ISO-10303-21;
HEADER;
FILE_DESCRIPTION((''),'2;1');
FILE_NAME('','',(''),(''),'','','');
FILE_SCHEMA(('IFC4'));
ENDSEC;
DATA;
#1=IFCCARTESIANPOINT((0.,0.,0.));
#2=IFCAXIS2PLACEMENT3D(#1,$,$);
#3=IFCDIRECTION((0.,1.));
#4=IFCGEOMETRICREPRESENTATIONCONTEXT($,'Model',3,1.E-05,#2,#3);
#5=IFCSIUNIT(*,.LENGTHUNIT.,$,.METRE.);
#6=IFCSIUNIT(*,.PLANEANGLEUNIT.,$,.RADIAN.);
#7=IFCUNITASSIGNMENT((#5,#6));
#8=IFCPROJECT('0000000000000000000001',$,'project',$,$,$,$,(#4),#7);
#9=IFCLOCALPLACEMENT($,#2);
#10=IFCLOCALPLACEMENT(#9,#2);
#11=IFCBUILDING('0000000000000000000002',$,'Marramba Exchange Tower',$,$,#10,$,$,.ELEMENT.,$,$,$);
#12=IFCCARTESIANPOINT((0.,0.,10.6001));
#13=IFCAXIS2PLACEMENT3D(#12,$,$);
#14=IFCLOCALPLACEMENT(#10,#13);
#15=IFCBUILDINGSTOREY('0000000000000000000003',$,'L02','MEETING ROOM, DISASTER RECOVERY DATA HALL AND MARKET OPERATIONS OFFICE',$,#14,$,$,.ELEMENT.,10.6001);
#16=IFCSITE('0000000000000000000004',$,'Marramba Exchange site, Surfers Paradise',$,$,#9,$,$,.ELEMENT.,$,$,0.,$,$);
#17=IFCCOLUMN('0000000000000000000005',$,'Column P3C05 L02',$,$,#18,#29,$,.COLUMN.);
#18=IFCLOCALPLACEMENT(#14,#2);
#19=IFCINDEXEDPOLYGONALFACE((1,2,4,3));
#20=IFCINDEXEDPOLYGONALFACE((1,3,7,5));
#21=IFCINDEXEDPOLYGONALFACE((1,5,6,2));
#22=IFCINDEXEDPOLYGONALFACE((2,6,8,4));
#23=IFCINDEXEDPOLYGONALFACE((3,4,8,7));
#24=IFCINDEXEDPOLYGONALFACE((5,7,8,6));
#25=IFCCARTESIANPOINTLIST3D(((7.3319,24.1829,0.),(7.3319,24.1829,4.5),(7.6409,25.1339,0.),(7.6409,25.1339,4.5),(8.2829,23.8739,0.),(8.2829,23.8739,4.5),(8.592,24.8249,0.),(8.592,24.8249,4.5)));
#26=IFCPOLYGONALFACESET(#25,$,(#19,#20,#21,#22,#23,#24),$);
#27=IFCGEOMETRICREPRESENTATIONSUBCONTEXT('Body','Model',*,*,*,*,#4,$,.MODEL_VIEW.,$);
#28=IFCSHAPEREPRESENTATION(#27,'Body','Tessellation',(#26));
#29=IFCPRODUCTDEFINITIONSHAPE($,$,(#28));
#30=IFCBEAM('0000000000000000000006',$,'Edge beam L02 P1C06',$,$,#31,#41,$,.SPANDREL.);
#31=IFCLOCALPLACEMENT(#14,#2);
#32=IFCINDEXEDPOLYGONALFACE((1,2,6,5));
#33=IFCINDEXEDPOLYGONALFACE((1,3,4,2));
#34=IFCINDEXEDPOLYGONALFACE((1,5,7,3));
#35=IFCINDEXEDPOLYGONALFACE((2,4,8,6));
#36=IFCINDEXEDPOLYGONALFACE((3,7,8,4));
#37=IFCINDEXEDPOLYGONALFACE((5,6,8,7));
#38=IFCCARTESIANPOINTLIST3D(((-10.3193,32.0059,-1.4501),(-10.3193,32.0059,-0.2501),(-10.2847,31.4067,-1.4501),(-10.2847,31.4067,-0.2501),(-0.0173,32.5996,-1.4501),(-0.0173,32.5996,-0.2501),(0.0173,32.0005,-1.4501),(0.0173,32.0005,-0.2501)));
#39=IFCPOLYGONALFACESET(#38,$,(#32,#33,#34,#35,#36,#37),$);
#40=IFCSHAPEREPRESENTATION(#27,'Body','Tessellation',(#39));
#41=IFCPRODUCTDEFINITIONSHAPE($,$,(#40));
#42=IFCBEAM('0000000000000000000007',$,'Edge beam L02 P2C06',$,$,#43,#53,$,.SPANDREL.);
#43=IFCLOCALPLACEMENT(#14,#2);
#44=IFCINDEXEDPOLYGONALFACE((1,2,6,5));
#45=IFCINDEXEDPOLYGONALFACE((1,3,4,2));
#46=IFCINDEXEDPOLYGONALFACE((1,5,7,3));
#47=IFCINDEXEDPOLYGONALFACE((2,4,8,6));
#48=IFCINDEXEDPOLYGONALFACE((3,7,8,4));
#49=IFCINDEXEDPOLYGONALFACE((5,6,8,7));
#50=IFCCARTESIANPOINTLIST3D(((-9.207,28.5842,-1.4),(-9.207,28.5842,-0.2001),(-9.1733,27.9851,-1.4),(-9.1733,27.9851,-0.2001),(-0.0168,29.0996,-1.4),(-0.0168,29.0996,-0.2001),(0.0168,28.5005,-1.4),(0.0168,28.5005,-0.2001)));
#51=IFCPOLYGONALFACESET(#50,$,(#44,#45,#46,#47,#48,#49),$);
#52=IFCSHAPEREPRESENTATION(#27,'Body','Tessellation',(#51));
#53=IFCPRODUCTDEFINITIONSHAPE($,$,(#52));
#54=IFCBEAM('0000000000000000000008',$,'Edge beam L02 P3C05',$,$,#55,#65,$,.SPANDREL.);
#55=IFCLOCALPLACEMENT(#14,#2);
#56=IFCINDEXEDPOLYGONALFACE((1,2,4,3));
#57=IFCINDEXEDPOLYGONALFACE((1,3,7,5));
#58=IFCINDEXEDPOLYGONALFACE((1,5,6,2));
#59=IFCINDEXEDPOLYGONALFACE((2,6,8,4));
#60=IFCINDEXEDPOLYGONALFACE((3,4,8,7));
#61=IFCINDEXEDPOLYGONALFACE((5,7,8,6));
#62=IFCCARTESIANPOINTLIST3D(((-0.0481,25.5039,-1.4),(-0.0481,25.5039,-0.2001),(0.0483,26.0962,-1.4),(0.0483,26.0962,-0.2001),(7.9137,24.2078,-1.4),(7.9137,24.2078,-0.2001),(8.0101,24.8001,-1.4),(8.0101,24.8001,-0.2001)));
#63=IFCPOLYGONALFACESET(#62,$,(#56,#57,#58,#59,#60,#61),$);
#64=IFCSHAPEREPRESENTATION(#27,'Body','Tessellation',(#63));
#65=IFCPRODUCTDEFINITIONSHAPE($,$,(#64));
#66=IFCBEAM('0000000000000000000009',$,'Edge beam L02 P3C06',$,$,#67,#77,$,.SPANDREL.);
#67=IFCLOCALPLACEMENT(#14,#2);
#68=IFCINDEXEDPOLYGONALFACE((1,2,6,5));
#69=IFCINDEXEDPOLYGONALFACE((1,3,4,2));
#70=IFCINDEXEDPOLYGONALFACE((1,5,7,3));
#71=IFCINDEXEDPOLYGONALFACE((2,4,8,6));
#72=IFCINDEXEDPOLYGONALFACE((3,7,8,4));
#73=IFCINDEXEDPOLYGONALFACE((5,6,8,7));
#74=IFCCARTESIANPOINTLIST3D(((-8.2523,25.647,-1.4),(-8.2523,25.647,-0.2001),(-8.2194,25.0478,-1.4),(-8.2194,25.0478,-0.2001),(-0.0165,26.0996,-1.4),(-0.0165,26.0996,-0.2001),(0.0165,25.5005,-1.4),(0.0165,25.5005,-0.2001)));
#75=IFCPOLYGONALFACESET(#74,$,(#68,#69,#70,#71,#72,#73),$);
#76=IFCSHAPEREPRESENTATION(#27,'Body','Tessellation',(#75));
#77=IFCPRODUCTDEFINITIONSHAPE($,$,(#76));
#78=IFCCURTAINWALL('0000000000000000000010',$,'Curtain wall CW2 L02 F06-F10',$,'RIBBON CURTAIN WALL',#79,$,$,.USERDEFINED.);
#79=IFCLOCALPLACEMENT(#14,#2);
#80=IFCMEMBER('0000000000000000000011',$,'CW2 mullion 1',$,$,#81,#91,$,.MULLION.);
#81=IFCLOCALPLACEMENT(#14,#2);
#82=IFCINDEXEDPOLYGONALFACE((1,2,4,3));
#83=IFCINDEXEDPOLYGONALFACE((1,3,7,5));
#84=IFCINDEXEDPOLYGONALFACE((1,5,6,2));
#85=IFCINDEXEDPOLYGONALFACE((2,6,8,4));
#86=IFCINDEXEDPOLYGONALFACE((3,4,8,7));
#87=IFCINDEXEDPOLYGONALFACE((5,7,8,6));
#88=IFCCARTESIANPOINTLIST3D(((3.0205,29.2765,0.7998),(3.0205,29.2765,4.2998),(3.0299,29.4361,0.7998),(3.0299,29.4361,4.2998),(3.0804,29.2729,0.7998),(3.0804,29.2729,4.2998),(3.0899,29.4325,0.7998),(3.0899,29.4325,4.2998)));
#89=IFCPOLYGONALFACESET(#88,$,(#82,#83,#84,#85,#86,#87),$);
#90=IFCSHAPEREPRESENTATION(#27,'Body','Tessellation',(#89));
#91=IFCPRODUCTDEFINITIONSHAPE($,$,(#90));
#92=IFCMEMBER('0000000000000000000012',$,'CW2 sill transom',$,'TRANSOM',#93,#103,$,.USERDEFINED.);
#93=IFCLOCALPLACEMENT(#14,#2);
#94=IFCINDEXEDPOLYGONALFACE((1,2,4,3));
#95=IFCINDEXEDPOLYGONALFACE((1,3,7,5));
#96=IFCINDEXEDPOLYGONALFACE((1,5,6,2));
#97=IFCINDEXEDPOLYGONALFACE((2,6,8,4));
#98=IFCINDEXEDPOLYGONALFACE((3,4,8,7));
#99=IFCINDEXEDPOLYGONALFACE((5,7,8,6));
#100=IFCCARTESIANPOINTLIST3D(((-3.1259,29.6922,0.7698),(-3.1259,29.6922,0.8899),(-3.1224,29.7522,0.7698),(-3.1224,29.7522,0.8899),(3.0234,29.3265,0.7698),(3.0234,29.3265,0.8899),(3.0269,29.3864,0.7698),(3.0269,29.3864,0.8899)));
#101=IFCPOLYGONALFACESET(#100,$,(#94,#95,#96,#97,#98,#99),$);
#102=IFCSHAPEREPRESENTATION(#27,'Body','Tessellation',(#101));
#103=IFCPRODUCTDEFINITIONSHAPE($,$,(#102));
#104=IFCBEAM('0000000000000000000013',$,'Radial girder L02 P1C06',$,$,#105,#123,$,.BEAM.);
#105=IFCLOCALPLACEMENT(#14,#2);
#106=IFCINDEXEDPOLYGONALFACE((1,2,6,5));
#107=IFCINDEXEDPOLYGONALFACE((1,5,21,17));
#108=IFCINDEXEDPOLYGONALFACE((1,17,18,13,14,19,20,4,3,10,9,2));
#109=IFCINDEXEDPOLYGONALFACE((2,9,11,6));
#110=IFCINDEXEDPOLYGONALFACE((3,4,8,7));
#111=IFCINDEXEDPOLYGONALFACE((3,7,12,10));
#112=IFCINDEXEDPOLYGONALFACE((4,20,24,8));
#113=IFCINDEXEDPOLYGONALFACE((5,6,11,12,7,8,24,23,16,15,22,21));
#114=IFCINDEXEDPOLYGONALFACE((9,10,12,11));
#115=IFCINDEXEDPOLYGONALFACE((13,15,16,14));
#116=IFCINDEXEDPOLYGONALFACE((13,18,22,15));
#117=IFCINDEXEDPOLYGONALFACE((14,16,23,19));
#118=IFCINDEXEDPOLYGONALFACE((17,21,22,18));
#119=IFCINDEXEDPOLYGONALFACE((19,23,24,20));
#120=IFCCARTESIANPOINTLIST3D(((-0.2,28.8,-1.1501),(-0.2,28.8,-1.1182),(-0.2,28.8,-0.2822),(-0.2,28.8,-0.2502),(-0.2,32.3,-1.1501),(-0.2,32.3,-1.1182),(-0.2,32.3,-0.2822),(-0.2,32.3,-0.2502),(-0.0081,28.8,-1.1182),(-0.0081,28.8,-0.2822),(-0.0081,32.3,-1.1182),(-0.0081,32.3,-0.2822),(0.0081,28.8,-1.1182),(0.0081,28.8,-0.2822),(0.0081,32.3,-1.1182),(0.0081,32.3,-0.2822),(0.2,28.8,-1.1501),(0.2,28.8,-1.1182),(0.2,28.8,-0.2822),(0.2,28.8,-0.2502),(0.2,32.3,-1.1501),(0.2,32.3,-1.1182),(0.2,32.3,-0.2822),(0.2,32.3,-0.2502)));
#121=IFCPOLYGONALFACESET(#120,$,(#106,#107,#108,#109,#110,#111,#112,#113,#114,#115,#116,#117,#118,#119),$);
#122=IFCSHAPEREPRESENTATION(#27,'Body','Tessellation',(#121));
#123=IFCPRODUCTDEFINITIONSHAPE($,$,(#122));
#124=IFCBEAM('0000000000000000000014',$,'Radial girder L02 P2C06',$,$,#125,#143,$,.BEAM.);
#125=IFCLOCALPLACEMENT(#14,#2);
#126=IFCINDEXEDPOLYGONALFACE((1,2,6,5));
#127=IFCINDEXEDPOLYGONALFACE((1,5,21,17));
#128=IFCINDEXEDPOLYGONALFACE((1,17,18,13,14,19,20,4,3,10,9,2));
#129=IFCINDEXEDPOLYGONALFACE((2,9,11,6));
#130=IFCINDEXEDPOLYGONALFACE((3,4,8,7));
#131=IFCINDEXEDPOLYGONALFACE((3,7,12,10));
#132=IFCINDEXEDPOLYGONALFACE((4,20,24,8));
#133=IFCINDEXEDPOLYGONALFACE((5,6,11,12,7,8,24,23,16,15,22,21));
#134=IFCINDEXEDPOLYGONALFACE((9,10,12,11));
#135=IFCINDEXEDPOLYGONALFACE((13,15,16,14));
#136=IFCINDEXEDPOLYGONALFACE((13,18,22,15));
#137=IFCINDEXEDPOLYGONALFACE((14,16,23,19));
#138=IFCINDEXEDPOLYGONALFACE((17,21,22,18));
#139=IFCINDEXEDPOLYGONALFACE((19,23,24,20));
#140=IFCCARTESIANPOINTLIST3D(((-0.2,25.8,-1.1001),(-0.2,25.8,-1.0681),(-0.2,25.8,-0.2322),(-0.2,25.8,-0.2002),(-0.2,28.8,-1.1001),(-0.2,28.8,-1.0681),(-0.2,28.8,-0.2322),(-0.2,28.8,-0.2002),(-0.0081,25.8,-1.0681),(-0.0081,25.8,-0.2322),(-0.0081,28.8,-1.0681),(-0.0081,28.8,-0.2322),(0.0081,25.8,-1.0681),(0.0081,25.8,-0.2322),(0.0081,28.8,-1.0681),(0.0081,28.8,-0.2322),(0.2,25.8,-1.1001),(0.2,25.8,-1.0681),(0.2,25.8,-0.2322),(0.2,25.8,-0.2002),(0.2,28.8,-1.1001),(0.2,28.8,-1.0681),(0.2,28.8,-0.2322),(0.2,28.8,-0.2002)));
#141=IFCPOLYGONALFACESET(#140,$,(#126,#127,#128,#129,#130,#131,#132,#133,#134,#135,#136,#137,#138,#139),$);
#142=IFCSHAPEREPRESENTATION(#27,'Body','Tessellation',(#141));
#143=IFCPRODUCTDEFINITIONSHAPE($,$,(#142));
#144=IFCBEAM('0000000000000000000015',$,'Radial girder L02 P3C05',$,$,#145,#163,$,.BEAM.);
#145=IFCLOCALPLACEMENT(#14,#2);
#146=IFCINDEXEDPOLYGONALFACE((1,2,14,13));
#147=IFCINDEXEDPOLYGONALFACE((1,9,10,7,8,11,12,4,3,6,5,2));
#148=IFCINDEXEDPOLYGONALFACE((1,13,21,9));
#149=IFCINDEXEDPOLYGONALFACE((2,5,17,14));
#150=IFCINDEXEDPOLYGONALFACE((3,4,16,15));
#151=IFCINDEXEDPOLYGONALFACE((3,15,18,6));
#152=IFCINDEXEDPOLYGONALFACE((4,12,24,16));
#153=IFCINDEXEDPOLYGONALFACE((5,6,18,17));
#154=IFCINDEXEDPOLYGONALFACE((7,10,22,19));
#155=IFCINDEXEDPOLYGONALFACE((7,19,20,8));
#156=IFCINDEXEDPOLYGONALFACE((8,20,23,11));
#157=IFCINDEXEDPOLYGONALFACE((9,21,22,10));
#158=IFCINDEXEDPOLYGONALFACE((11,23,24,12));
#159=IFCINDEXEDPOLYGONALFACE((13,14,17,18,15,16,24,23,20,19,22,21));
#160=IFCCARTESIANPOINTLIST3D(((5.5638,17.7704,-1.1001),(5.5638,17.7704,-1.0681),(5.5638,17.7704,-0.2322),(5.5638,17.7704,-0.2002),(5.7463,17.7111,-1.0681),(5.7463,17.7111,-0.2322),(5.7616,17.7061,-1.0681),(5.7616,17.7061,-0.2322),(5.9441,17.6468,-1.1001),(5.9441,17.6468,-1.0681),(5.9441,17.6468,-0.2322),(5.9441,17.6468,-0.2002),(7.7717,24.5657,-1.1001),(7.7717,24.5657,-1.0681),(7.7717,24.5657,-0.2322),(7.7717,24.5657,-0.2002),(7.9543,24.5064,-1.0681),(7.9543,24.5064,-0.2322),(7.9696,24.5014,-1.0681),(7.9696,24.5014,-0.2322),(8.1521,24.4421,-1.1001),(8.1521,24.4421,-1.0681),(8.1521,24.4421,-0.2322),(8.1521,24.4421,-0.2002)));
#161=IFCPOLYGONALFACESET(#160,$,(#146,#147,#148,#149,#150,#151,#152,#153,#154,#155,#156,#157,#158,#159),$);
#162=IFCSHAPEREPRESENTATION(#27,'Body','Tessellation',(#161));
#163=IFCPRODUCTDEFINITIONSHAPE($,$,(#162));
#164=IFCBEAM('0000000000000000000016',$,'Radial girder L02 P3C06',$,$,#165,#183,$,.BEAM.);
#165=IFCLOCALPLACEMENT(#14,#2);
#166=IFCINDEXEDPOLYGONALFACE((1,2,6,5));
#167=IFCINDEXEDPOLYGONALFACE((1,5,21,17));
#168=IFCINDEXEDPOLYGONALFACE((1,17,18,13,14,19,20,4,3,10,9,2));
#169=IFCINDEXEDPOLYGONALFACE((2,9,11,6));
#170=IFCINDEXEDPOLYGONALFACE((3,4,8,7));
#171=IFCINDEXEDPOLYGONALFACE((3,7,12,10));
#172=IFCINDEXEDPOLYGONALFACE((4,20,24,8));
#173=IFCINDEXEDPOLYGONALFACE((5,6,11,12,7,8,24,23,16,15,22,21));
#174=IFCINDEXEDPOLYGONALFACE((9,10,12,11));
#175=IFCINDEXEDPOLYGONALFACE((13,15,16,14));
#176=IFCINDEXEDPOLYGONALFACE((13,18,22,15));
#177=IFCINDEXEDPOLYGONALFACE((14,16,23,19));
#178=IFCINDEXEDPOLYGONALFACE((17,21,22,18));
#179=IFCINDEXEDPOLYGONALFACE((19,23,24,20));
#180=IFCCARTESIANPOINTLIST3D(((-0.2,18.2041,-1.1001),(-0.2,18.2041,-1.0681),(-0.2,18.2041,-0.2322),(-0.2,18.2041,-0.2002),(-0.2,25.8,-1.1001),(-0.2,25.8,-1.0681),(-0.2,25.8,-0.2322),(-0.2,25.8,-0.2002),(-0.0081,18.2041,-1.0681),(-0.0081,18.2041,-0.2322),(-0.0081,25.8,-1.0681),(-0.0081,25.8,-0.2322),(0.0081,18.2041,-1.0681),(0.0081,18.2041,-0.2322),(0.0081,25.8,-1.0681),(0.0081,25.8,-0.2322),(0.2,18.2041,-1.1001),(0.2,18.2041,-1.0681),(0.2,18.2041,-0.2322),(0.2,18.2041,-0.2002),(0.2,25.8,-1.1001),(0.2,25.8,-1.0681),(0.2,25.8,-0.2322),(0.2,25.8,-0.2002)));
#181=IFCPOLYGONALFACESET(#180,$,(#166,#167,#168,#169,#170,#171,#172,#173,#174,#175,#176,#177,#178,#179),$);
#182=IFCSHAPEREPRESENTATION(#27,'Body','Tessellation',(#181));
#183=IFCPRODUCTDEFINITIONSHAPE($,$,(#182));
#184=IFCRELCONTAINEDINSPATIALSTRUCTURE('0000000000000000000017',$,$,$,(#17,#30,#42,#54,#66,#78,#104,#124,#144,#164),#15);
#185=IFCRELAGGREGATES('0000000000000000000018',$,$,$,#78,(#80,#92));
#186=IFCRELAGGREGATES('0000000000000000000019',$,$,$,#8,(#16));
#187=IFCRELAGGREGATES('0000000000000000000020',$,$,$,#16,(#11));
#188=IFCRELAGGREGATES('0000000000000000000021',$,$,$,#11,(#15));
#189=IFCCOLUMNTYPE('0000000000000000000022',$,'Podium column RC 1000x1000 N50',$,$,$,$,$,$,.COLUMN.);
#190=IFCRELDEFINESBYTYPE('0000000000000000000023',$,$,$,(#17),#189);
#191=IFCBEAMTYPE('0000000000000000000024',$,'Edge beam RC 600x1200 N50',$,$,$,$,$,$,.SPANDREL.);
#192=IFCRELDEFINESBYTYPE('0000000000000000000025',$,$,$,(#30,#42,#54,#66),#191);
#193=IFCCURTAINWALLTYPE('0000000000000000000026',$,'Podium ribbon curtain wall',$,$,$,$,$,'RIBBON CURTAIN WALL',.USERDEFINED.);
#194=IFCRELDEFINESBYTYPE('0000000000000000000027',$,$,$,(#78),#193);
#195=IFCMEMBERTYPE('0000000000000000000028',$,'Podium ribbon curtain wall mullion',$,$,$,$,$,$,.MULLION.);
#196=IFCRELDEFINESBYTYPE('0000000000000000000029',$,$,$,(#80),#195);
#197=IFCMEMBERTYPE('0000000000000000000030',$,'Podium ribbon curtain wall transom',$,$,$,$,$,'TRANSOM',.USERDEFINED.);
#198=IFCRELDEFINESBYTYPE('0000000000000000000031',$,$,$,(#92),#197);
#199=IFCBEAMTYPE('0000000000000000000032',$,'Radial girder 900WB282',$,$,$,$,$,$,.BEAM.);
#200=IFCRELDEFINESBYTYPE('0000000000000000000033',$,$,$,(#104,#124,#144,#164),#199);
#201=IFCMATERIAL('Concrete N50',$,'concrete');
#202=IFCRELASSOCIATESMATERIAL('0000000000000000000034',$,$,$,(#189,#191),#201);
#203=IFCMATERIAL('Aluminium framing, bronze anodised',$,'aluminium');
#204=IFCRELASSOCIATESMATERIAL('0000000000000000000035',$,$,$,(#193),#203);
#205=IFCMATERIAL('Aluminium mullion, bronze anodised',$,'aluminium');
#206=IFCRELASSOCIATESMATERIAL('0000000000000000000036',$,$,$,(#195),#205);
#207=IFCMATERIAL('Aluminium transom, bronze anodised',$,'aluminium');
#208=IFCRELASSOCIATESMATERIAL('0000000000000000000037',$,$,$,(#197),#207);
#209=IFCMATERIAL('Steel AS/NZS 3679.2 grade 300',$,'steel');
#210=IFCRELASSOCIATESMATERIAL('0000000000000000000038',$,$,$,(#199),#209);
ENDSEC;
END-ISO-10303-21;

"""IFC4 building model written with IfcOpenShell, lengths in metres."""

from ifc_helpers import new_model, si_unit, direction, frame, origin, origin_2d, place, context, subcontext, project, spatial, rectangle, i_section, extrude, material, material_profile, profile_set, type_object, element, aggregate, save


model = new_model("IFC4")

# Units and contexts
model_context = context("Model", 3, precision=1e-05, world=origin(), true_north=direction((0.0, 1.0)))
body_context = subcontext(model_context, "Body", "Model", "MODEL_VIEW")
ifc_project = project(units=[si_unit("LENGTHUNIT", "METRE"), si_unit("PLANEANGLEUNIT", "RADIAN")], contexts=[model_context])

# Site, building, storey
site_placement = place(None, origin())
site = spatial("IfcSite", under=ifc_project, at=site_placement, Name="Marramba Exchange site, Surfers Paradise", CompositionType="ELEMENT", RefElevation=0.0)
building_placement = place(site_placement, origin())
building = spatial("IfcBuilding", under=site, at=building_placement, Name="Marramba Exchange Tower", CompositionType="ELEMENT")
storey_placement = place(building_placement, frame((0.0, 0.0, 10.6001)))
storey = spatial("IfcBuildingStorey", under=building, at=storey_placement, Name="L02", Description="MEETING ROOM, DISASTER RECOVERY DATA HALL AND MARKET OPERATIONS OFFICE", CompositionType="ELEMENT", Elevation=10.6001)

# Column
ifc_material_1 = material(Name="Concrete N50", Category="concrete")
ifc_material_profile_1 = material_profile(ifc_material_1, rectangle(XDim=1.0, YDim=1.0, at=origin_2d()), Name="RC 1000x1000")
ifc_profile_set_1 = profile_set([ifc_material_profile_1], Name="Concrete N50")
column_type = type_object("IfcColumnType", Name="Podium column RC 1000x1000 N50", PredefinedType="COLUMN", material=ifc_profile_set_1)
column_placement = place(storey_placement, frame((7.9619, 24.5039, 0.0), z_axis=(0.0, 0.0, 1.0), x_axis=(0.309017, 0.951057, 0.0)))
element("IfcColumn", 1, at=column_placement, inside=storey, type_object=column_type, Name="Column P3C05 L02", PredefinedType="COLUMN", context=body_context, shape_type="SweptSolid", body=[
    extrude(rectangle(XDim=1.0, YDim=1.0, at=origin_2d()), origin(), (0.0, 0.0, 1.0), 4.5),
])

# Beams
ifc_material_profile_2 = material_profile(ifc_material_1, rectangle(XDim=0.6001, YDim=1.2, at=origin_2d()), Name="RC 600x1200")
ifc_profile_set_2 = profile_set([ifc_material_profile_2], Name="Concrete N50")
beam_type_1 = type_object("IfcBeamType", Name="Edge beam RC 600x1200 N50", PredefinedType="SPANDREL", material=ifc_profile_set_2)
beam_1_placement = place(storey_placement, frame((0.0, 32.3, -0.8501), z_axis=(-0.998343, -0.057539, 0.0), x_axis=(0.057539, -0.998343, 0.0)))
element("IfcBeam", 2, at=beam_1_placement, inside=storey, type_object=beam_type_1, Name="Edge beam L02 P1C06", PredefinedType="SPANDREL", context=body_context, shape_type="SweptSolid", body=[
    extrude(rectangle(XDim=0.6001, YDim=1.2, at=origin_2d()), origin(), (0.0, 0.0, 1.0), 10.3191),
])
beam_2_placement = place(storey_placement, frame((0.0, 28.8, -0.8), z_axis=(-0.998431, -0.055992, 0.0), x_axis=(0.055992, -0.998431, 0.0)))
element("IfcBeam", 3, at=beam_2_placement, inside=storey, type_object=beam_type_1, Name="Edge beam L02 P2C06", PredefinedType="SPANDREL", context=body_context, shape_type="SweptSolid", body=[
    extrude(rectangle(XDim=0.6001, YDim=1.2, at=origin_2d()), origin(), (0.0, 0.0, 1.0), 9.2046),
])
beam_3_placement = place(storey_placement, frame((7.9619, 24.5039, -0.8), z_axis=(-0.987007, 0.160678, 0.0), x_axis=(-0.160678, -0.987007, 0.0)))
element("IfcBeam", 4, at=beam_3_placement, inside=storey, type_object=beam_type_1, Name="Edge beam L02 P3C05", PredefinedType="SPANDREL", context=body_context, shape_type="SweptSolid", body=[
    extrude(rectangle(XDim=0.6001, YDim=1.2, at=origin_2d()), origin(), (0.0, 0.0, 1.0), 8.0667),
])
beam_4_placement = place(storey_placement, frame((0.0, 25.8, -0.8), z_axis=(-0.998493, -0.054877, 0.0), x_axis=(0.054877, -0.998493, 0.0)))
element("IfcBeam", 5, at=beam_4_placement, inside=storey, type_object=beam_type_1, Name="Edge beam L02 P3C06", PredefinedType="SPANDREL", context=body_context, shape_type="SweptSolid", body=[
    extrude(rectangle(XDim=0.6001, YDim=1.2, at=origin_2d()), origin(), (0.0, 0.0, 1.0), 8.2483),
])

# Curtain wall, members
ifc_material_2 = material(Name="Aluminium framing, bronze anodised", Category="aluminium")
curtain_wall_type = type_object("IfcCurtainWallType", Name="Podium ribbon curtain wall", ElementType="RIBBON CURTAIN WALL", PredefinedType="USERDEFINED", material=ifc_material_2)
curtain_wall_placement = place(storey_placement, origin())
curtain_wall = element("IfcCurtainWall", 6, at=curtain_wall_placement, inside=storey, type_object=curtain_wall_type, Name="Curtain wall CW2 L02 F06-F10", ObjectType="RIBBON CURTAIN WALL", PredefinedType="USERDEFINED")
ifc_material_3 = material(Name="Aluminium mullion, bronze anodised", Category="aluminium")
ifc_material_profile_3 = material_profile(ifc_material_3, rectangle(XDim=0.1599, YDim=0.0601, at=origin_2d()), Name="CW2 mullion 60x160")
ifc_profile_set_3 = profile_set([ifc_material_profile_3], Name="Aluminium mullion, bronze anodised")
member_type_1 = type_object("IfcMemberType", Name="Podium ribbon curtain wall mullion", PredefinedType="MULLION", material=ifc_profile_set_3)
member_1_placement = place(storey_placement, frame((3.0552, 29.3545, 0.7998), z_axis=(0.0, 0.0, 1.0), x_axis=(-0.05939, -0.998235, 0.0)))
member_1 = element("IfcMember", 7, at=member_1_placement, type_object=member_type_1, Name="CW2 mullion 1", PredefinedType="MULLION", context=body_context, shape_type="SweptSolid", body=[
    extrude(rectangle(XDim=0.1599, YDim=0.0601, at=origin_2d()), origin(), (0.0, 0.0, 1.0), 3.5),
])
ifc_material_4 = material(Name="Aluminium transom, bronze anodised", Category="aluminium")
ifc_material_profile_4 = material_profile(ifc_material_4, rectangle(XDim=0.0601, YDim=0.1201, at=origin_2d()), Name="CW2 transom 60x120")
ifc_profile_set_4 = profile_set([ifc_material_profile_4], Name="Aluminium transom, bronze anodised")
member_type_2 = type_object("IfcMemberType", Name="Podium ribbon curtain wall transom", ElementType="TRANSOM", PredefinedType="USERDEFINED", material=ifc_profile_set_4)
member_2_placement = place(storey_placement, frame((3.0251, 29.3564, 0.8298), z_axis=(-0.998236, 0.05937, 0.0), x_axis=(-0.05937, -0.998236, 0.0)))
member_2 = element("IfcMember", 8, at=member_2_placement, type_object=member_type_2, Name="CW2 sill transom", ObjectType="TRANSOM", PredefinedType="USERDEFINED", context=body_context, shape_type="SweptSolid", body=[
    extrude(rectangle(XDim=0.0601, YDim=0.1201, at=origin_2d()), origin(), (0.0, 0.0, 1.0), 6.1602),
])

# Beams
ifc_material_5 = material(Name="Steel AS/NZS 3679.2 grade 300", Category="steel")
ifc_material_profile_5 = material_profile(ifc_material_5, i_section(OverallWidth=0.3999, OverallDepth=0.8999, WebThickness=0.0161, FlangeThickness=0.032, at=origin_2d()), Name="900WB282")
ifc_profile_set_5 = profile_set([ifc_material_profile_5], Name="Steel AS/NZS 3679.2 grade 300")
beam_type_2 = type_object("IfcBeamType", Name="Radial girder 900WB282", PredefinedType="BEAM", material=ifc_profile_set_5)
beam_5_placement = place(storey_placement, frame((0.0, 32.3, -0.7002), z_axis=(0.0, -1.0, 0.0), x_axis=(1.0, 0.0, 0.0)))
element("IfcBeam", 9, at=beam_5_placement, inside=storey, type_object=beam_type_2, Name="Radial girder L02 P1C06", PredefinedType="BEAM", context=body_context, shape_type="SweptSolid", body=[
    extrude(i_section(OverallWidth=0.3999, OverallDepth=0.8999, WebThickness=0.0161, FlangeThickness=0.032, at=origin_2d()), origin(), (0.0, 0.0, 1.0), 3.5),
])
beam_6_placement = place(storey_placement, frame((0.0, 28.8, -0.6501), z_axis=(0.0, -1.0, 0.0), x_axis=(1.0, 0.0, 0.0)))
element("IfcBeam", 10, at=beam_6_placement, inside=storey, type_object=beam_type_2, Name="Radial girder L02 P2C06", PredefinedType="BEAM", context=body_context, shape_type="SweptSolid", body=[
    extrude(i_section(OverallWidth=0.3999, OverallDepth=0.8999, WebThickness=0.0161, FlangeThickness=0.032, at=origin_2d()), origin(), (0.0, 0.0, 1.0), 3.0),
])
beam_7_placement = place(storey_placement, frame((7.9619, 24.5039, -0.6501), z_axis=(-0.309023, -0.951055, 0.0), x_axis=(0.951055, -0.309023, 0.0)))
element("IfcBeam", 11, at=beam_7_placement, inside=storey, type_object=beam_type_2, Name="Radial girder L02 P3C05", PredefinedType="BEAM", context=body_context, shape_type="SweptSolid", body=[
    extrude(i_section(OverallWidth=0.3999, OverallDepth=0.8999, WebThickness=0.0161, FlangeThickness=0.032, at=origin_2d()), origin(), (0.0, 0.0, 1.0), 7.145),
])
beam_8_placement = place(storey_placement, frame((0.0, 25.8, -0.6501), z_axis=(0.0, -1.0, 0.0), x_axis=(1.0, 0.0, 0.0)))
element("IfcBeam", 12, at=beam_8_placement, inside=storey, type_object=beam_type_2, Name="Radial girder L02 P3C06", PredefinedType="BEAM", context=body_context, shape_type="SweptSolid", body=[
    extrude(i_section(OverallWidth=0.3999, OverallDepth=0.8999, WebThickness=0.0161, FlangeThickness=0.032, at=origin_2d()), origin(), (0.0, 0.0, 1.0), 7.5959),
])

aggregate(curtain_wall, [member_1, member_2])

save(model, "model.ifc")
